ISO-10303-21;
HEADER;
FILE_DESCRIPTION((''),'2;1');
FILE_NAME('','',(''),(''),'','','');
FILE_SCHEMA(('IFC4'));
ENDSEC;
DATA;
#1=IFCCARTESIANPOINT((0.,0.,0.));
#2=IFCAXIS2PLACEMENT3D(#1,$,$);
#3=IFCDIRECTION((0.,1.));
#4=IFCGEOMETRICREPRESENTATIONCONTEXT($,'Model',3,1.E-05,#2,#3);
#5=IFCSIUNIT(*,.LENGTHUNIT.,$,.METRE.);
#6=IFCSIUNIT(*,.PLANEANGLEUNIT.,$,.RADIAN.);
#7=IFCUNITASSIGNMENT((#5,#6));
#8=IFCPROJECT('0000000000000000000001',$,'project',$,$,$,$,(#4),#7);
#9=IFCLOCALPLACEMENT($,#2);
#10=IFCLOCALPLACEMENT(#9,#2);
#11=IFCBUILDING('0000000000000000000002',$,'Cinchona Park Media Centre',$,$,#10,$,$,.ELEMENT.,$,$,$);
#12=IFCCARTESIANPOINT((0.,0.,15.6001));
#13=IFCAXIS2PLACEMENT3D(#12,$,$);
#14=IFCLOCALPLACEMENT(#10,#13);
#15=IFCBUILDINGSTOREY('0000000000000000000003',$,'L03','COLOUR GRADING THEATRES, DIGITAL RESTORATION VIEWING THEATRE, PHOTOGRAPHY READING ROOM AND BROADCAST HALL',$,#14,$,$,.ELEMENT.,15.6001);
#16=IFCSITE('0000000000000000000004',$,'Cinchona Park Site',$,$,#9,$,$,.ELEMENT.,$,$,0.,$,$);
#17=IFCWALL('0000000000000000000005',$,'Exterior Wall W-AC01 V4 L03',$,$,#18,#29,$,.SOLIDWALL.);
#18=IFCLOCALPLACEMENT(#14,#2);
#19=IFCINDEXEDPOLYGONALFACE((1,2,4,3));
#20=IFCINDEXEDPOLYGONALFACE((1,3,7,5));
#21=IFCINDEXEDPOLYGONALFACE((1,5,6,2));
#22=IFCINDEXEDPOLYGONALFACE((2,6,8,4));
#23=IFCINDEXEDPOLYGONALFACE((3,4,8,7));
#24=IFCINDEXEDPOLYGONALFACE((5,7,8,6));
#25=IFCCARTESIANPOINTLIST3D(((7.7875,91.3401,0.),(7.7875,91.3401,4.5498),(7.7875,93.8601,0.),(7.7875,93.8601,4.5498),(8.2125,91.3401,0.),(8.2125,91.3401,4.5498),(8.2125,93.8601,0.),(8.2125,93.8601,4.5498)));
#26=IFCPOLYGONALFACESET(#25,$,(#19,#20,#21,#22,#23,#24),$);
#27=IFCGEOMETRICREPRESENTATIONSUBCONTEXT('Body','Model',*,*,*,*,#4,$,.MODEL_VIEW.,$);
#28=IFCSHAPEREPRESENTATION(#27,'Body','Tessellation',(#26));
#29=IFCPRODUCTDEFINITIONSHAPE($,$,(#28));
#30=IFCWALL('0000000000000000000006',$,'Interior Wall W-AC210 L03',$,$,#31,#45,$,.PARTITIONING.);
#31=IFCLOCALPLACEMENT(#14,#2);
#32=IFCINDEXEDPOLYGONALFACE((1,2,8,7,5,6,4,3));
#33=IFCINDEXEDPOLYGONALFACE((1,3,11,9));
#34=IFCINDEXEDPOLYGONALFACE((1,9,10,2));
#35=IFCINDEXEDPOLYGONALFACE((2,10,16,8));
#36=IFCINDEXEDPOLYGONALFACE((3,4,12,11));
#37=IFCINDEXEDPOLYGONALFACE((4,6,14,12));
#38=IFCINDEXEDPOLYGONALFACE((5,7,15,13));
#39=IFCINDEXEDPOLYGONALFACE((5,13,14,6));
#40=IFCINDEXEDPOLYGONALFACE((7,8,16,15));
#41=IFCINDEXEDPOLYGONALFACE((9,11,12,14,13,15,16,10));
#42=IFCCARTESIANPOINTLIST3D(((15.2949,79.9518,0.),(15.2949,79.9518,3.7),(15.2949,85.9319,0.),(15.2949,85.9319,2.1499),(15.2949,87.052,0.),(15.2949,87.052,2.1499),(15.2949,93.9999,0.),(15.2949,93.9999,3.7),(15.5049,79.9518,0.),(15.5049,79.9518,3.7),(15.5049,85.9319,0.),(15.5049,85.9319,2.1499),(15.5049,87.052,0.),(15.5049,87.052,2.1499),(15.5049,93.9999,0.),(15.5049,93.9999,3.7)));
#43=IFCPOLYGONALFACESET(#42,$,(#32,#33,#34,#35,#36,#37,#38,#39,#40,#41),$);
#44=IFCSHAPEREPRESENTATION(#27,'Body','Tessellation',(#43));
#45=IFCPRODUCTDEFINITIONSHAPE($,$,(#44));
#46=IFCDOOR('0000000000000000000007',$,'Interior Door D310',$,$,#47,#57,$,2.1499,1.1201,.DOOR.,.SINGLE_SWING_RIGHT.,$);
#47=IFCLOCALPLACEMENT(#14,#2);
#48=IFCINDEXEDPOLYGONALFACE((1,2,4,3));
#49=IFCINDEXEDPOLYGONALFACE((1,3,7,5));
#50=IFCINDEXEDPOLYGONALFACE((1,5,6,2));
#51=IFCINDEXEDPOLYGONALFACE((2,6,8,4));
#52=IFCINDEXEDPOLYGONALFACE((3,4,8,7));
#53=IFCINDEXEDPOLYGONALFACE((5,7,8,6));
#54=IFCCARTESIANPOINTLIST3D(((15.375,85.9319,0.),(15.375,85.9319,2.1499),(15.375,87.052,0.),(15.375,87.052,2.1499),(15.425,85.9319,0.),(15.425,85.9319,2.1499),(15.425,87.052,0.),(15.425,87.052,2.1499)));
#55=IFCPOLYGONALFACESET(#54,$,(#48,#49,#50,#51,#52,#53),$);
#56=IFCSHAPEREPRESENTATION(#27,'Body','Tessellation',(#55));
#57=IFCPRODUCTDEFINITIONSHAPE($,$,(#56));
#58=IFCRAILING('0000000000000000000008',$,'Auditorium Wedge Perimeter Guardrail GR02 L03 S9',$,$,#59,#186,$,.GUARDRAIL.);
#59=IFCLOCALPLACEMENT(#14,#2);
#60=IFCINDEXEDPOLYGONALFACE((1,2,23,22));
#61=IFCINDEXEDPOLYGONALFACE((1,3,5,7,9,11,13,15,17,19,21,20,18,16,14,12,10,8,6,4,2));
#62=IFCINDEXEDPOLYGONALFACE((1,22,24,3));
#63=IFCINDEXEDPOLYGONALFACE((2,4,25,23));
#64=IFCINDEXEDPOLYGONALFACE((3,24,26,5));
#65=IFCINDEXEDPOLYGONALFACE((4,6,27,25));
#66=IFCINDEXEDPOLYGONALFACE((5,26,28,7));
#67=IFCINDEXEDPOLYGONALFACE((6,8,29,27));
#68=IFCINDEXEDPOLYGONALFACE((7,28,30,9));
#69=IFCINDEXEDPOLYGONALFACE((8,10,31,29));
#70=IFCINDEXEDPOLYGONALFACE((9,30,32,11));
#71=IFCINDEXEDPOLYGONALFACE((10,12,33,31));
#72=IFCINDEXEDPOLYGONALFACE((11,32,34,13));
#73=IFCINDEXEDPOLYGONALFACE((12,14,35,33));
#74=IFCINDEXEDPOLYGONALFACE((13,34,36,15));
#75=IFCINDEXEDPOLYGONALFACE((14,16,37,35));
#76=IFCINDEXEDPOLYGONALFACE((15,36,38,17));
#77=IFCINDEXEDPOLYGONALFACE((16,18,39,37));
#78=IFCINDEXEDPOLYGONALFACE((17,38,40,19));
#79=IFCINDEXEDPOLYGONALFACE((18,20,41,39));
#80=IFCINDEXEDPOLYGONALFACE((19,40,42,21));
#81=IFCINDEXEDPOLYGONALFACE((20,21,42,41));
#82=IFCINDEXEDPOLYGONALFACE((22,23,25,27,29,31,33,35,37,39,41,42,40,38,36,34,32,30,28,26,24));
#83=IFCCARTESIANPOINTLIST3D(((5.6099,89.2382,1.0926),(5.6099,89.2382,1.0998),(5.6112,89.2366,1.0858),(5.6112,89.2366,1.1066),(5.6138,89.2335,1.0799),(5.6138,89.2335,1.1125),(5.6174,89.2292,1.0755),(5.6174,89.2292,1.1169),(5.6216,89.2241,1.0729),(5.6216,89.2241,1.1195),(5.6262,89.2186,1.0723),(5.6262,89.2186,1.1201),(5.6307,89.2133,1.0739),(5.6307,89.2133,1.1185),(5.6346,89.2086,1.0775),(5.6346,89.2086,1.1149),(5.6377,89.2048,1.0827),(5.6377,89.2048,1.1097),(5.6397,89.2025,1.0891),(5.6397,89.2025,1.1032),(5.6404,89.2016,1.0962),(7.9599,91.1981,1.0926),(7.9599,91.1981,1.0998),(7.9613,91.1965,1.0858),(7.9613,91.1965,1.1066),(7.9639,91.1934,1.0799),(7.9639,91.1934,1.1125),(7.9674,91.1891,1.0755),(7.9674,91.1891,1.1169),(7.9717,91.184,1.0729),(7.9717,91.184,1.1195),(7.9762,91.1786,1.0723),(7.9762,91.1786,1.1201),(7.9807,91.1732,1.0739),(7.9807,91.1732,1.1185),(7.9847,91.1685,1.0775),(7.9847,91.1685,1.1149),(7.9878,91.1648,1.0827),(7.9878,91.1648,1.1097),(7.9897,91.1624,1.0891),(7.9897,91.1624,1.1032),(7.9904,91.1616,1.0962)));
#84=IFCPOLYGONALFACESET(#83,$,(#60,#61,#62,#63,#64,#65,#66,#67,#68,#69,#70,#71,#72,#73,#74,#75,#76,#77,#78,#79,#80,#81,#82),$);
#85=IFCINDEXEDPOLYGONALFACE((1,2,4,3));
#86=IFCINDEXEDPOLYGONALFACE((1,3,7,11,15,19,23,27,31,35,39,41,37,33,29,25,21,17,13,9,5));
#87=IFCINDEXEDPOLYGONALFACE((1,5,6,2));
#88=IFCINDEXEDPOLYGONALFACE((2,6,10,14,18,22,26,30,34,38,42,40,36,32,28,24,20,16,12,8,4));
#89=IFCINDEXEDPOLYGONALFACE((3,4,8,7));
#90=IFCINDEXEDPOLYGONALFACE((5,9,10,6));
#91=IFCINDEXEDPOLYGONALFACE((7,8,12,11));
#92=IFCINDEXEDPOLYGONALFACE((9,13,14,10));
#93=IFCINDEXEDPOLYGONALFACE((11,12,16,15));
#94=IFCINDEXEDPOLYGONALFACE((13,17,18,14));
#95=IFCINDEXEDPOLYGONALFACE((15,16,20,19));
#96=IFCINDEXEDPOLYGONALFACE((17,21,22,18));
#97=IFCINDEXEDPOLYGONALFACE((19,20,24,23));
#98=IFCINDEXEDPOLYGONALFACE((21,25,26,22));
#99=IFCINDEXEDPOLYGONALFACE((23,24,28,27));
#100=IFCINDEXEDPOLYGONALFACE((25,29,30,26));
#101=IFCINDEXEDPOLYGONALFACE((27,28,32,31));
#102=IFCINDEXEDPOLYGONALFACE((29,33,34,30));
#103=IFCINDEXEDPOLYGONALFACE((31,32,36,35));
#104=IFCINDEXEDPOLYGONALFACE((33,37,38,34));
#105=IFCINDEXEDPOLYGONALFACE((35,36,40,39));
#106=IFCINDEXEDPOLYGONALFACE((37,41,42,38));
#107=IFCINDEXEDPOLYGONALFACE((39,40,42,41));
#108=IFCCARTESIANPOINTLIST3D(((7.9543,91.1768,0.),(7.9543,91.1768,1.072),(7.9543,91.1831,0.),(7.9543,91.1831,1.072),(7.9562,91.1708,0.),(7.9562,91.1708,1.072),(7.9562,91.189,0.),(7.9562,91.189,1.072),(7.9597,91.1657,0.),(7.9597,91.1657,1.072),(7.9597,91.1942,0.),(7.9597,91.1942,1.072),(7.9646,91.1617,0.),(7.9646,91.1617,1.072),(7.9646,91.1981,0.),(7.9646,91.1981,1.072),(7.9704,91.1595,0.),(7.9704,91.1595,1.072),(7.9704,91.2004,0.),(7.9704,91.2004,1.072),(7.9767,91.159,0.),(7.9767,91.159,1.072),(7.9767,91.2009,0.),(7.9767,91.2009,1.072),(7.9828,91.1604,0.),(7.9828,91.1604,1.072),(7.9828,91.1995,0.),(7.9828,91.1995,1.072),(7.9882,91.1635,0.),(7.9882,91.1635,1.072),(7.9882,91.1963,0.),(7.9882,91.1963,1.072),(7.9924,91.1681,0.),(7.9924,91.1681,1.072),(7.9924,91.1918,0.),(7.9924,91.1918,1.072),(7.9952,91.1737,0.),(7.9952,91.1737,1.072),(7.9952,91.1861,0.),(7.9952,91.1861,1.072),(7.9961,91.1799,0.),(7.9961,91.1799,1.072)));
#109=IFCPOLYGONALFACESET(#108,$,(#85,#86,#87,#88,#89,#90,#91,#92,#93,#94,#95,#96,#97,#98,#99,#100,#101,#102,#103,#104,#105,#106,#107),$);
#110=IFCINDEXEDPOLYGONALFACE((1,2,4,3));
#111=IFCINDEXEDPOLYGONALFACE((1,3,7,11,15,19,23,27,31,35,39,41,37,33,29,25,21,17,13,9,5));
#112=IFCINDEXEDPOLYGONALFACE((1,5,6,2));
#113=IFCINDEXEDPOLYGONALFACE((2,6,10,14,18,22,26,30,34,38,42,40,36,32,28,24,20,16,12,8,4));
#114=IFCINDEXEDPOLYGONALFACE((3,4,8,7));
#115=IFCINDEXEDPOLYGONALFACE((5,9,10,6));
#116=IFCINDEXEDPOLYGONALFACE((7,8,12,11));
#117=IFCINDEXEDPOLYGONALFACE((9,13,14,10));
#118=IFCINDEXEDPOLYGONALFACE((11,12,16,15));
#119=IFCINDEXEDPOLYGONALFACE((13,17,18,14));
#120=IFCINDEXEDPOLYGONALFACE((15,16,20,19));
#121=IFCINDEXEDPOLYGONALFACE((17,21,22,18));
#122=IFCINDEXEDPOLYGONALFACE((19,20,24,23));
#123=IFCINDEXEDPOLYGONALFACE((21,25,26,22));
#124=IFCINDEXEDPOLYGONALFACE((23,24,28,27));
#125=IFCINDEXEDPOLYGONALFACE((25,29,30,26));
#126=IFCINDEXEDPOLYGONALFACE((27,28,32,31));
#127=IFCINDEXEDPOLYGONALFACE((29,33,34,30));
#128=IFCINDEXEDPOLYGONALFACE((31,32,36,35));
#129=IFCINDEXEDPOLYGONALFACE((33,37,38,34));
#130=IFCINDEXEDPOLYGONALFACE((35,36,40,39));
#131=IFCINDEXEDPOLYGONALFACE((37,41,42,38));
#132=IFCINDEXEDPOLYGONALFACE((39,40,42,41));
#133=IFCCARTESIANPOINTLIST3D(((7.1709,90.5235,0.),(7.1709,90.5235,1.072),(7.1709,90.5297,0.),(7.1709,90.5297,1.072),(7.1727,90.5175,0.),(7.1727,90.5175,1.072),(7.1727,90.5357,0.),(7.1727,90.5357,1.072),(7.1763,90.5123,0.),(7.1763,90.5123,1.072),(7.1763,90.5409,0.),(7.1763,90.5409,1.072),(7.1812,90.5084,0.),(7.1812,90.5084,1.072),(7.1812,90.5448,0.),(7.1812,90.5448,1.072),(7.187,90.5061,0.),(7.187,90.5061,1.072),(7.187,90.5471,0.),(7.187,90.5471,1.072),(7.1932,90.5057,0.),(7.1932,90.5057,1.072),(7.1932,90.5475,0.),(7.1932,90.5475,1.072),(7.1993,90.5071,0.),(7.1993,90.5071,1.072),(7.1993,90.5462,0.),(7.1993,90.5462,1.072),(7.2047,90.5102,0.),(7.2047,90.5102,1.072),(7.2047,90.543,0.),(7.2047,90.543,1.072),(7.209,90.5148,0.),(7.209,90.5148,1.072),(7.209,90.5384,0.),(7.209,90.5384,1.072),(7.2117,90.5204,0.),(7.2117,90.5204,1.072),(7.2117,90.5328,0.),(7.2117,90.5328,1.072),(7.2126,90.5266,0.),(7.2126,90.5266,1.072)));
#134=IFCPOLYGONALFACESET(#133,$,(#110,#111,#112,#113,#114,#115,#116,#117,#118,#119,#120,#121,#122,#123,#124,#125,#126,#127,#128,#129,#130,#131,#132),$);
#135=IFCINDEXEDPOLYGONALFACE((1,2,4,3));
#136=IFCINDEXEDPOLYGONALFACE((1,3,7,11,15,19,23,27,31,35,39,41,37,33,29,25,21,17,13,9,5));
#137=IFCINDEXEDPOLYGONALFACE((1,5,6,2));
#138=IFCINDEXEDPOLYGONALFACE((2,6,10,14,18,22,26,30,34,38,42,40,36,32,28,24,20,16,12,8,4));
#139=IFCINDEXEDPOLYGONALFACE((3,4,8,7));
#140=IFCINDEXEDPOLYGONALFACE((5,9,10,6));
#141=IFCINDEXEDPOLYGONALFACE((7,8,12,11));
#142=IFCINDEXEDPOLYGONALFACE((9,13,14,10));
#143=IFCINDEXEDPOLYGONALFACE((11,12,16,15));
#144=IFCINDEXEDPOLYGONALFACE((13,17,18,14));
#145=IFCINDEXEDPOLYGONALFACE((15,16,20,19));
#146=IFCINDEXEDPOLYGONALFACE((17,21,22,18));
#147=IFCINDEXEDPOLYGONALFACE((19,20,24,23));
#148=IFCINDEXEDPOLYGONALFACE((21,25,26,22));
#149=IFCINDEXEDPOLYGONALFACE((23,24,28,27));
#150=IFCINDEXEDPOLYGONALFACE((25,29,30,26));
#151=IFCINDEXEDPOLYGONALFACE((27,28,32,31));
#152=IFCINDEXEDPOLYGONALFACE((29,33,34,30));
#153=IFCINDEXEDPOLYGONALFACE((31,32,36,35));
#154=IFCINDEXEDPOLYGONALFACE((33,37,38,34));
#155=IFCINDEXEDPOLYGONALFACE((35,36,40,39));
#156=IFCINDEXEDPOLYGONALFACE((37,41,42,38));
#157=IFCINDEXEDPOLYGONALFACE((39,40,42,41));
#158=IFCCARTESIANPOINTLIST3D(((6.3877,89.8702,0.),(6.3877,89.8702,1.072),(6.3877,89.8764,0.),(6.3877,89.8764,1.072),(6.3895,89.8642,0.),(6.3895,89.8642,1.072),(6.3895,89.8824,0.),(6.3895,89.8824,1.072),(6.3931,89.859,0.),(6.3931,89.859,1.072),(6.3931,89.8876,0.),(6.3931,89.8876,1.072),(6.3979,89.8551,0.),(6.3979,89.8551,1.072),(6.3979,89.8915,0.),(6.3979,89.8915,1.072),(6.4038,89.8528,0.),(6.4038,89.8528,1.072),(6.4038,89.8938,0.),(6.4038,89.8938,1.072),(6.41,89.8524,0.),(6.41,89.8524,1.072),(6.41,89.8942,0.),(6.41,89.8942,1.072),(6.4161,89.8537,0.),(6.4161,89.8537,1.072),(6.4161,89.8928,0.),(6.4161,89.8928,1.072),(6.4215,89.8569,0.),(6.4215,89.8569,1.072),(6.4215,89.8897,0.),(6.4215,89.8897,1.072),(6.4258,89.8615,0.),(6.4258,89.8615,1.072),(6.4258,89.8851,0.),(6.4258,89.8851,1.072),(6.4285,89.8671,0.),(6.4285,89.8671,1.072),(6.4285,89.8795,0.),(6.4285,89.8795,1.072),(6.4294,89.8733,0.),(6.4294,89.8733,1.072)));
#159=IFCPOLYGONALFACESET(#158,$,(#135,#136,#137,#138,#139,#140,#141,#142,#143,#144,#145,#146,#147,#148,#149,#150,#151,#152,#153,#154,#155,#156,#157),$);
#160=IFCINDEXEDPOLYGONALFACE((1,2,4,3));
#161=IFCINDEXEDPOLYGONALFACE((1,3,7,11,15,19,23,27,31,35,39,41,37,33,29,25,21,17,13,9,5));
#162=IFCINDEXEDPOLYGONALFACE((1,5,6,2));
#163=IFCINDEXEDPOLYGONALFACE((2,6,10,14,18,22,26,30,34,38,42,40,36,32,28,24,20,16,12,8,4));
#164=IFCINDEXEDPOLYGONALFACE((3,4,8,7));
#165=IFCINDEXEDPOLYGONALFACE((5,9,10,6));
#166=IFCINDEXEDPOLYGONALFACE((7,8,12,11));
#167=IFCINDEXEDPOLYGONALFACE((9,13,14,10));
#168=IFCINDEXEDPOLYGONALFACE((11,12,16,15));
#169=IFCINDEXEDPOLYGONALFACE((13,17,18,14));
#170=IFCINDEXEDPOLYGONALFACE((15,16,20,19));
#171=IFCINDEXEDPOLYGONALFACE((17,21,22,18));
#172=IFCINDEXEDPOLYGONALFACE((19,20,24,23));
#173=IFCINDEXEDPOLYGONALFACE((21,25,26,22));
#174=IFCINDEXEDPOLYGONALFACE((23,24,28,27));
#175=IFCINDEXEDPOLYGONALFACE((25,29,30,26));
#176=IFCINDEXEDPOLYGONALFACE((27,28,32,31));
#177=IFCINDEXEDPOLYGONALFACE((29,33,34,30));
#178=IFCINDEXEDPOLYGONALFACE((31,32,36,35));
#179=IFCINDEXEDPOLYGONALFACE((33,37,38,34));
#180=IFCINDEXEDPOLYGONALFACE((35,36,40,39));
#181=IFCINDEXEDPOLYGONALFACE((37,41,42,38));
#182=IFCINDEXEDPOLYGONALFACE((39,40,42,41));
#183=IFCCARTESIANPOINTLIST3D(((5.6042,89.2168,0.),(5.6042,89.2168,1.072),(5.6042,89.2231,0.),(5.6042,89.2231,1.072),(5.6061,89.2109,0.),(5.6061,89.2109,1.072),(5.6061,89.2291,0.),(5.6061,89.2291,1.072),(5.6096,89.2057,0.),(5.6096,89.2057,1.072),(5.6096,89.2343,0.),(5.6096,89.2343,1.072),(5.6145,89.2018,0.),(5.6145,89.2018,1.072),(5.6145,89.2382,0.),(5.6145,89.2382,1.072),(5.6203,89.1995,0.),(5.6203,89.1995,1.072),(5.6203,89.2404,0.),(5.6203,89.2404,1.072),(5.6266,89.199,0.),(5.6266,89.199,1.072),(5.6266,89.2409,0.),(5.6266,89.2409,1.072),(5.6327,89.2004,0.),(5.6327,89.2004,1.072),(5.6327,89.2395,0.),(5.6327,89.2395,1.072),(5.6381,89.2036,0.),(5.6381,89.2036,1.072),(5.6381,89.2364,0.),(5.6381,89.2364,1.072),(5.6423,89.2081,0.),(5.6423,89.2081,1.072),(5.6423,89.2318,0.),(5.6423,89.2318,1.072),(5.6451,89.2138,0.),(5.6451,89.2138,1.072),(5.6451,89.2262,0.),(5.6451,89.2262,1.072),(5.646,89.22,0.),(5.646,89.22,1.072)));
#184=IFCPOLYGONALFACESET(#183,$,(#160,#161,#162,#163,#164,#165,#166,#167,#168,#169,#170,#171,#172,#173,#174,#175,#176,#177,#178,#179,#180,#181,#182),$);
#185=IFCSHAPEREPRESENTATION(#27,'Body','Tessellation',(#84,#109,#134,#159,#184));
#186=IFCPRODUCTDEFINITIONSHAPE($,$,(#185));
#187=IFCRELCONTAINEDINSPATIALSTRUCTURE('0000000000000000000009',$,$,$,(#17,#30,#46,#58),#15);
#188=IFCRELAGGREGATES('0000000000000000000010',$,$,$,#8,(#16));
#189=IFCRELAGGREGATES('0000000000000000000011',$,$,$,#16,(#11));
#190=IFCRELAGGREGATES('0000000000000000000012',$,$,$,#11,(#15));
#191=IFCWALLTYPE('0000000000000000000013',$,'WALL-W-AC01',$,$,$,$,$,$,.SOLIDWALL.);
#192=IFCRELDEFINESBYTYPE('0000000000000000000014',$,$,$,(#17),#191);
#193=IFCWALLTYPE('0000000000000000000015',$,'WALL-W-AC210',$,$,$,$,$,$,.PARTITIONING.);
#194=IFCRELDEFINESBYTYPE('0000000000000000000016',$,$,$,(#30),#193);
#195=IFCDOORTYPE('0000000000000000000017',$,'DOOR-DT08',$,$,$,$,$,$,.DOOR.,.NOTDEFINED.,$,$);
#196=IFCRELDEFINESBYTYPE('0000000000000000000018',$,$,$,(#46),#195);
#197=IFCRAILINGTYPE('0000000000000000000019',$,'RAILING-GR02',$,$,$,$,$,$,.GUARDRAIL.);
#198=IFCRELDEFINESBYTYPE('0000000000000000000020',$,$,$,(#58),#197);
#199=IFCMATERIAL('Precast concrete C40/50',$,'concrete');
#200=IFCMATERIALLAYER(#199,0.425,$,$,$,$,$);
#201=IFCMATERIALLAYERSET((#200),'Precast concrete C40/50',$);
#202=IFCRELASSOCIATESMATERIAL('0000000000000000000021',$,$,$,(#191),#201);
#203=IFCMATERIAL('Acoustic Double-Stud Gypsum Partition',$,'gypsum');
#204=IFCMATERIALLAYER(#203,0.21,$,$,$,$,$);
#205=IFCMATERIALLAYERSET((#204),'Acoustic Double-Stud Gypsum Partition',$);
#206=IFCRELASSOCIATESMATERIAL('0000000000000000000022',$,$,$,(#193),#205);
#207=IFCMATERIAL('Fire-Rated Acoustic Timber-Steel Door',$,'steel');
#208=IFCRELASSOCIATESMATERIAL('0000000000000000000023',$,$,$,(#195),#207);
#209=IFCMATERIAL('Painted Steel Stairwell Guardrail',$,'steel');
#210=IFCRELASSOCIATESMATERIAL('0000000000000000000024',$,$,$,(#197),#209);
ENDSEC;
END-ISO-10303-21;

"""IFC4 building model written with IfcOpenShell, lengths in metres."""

from ifc_helpers import new_model, si_unit, direction, frame, frame_2d, origin, origin_2d, place, context, subcontext, project, spatial, rectangle, circle, extrude, material, layer, layer_set, type_object, element, fill, save


model = new_model("IFC4")

# Units and contexts
model_context = context("Model", 3, precision=1e-05, world=origin(), true_north=direction((0.0, 1.0)))
body_context = subcontext(model_context, "Body", "Model", "MODEL_VIEW")
ifc_project = project(units=[si_unit("LENGTHUNIT", "METRE"), si_unit("PLANEANGLEUNIT", "RADIAN")], contexts=[model_context])

# Site, building, storey
site_placement = place(None, origin())
site = spatial("IfcSite", under=ifc_project, at=site_placement, Name="Cinchona Park Site", CompositionType="ELEMENT", RefElevation=0.0)
building_placement = place(site_placement, origin())
building = spatial("IfcBuilding", under=site, at=building_placement, Name="Cinchona Park Media Centre", CompositionType="ELEMENT")
storey_placement = place(building_placement, frame((0.0, 0.0, 15.6001)))
storey = spatial("IfcBuildingStorey", under=building, at=storey_placement, Name="L03", Description="COLOUR GRADING THEATRES, DIGITAL RESTORATION VIEWING THEATRE, PHOTOGRAPHY READING ROOM AND BROADCAST HALL", CompositionType="ELEMENT", Elevation=15.6001)

# Wall
ifc_material_1 = material(Name="Precast concrete C40/50", Category="concrete")
ifc_layer_1 = layer(ifc_material_1, 0.425)
ifc_layer_set_1 = layer_set([ifc_layer_1], Name="Precast concrete C40/50")
wall_type_1 = type_object("IfcWallType", Name="WALL-W-AC01", PredefinedType="SOLIDWALL", material=ifc_layer_set_1)
wall_1_placement = place(storey_placement, frame((8.0, 91.3401, 0.0), z_axis=(0.0, 0.0, 1.0), x_axis=(0.0, 1.0, 0.0)))
element("IfcWall", 1, at=wall_1_placement, inside=storey, type_object=wall_type_1, Name="Exterior Wall W-AC01 V4 L03", PredefinedType="SOLIDWALL", context=body_context, shape_type="SweptSolid", body=[
    extrude(rectangle(XDim=2.52, YDim=0.425, at=frame_2d((1.26, 0.0))), origin(), (0.0, 0.0, 1.0), 4.5498),
])

# Wall, opening, door
ifc_material_2 = material(Name="Acoustic Double-Stud Gypsum Partition", Category="gypsum")
ifc_layer_2 = layer(ifc_material_2, 0.21)
ifc_layer_set_2 = layer_set([ifc_layer_2], Name="Acoustic Double-Stud Gypsum Partition")
wall_type_2 = type_object("IfcWallType", Name="WALL-W-AC210", PredefinedType="PARTITIONING", material=ifc_layer_set_2)
wall_2_placement = place(storey_placement, frame((15.3999, 79.9519, 0.0), z_axis=(0.0, 0.0, 1.0), x_axis=(0.0, 1.0, 0.0)))
wall_2 = element("IfcWall", 2, at=wall_2_placement, inside=storey, type_object=wall_type_2, Name="Interior Wall W-AC210 L03", PredefinedType="PARTITIONING", context=body_context, shape_type="SweptSolid", body=[
    extrude(rectangle(XDim=14.0481, YDim=0.21, at=frame_2d((7.0239, 0.0))), origin(), (0.0, 0.0, 1.0), 3.7),
])
opening_placement = place(wall_2_placement, frame((5.98, 0.0, 0.0)))
opening = element("IfcOpeningElement", 3, at=opening_placement, cuts=wall_2, PredefinedType="OPENING", context=body_context, shape_type="SweptSolid", body=[
    extrude(rectangle(XDim=1.1201, YDim=2.1499, at=frame_2d((0.5601, 1.075))), frame((0.0, 0.115, 0.0), z_axis=(0.0, -1.0, 0.0), x_axis=(1.0, 0.0, 0.0)), (0.0, 0.0, 1.0), 0.23),
])
ifc_material_3 = material(Name="Fire-Rated Acoustic Timber-Steel Door", Category="steel")
door_type = type_object("IfcDoorType", Name="DOOR-DT08", OperationType="NOTDEFINED", PredefinedType="DOOR", material=ifc_material_3)
door_placement = place(opening_placement, origin())
door = element("IfcDoor", 4, at=door_placement, inside=storey, type_object=door_type, Name="Interior Door D310", OperationType="SINGLE_SWING_RIGHT", OverallHeight=2.1499, OverallWidth=1.1201, PredefinedType="DOOR", context=body_context, shape_type="SweptSolid", body=[
    extrude(rectangle(XDim=1.1201, YDim=2.1499, at=frame_2d((0.5601, 1.075))), frame((0.0, 0.0249, 0.0), z_axis=(0.0, -1.0, 0.0), x_axis=(1.0, 0.0, 0.0)), (0.0, 0.0, 1.0), 0.05),
])
fill(opening, door)

# Railing
ifc_material_4 = material(Name="Painted Steel Stairwell Guardrail", Category="steel")
railing_type = type_object("IfcRailingType", Name="RAILING-GR02", PredefinedType="GUARDRAIL", material=ifc_material_4)
railing_1_placement = place(storey_placement, frame((7.9751, 91.1799, 0.0)))
element("IfcRailing", 5, at=railing_1_placement, inside=storey, type_object=railing_type, Name="Auditorium Wedge Perimeter Guardrail GR02 L03 S9", PredefinedType="GUARDRAIL", context=body_context, shape_type="SweptSolid", body=[
    extrude(circle(Radius=0.0239, at=origin_2d()), frame((0.0, 0.0, 1.0962), z_axis=(-0.767973, -0.640483, 0.0), x_axis=(0.640483, -0.767973, 0.0)), (0.0, 0.0, 1.0), 3.0601),
    extrude(circle(Radius=0.021, at=origin_2d()), origin(), (0.0, 0.0, 1.0), 1.072),
    extrude(circle(Radius=0.021, at=origin_2d()), frame((-0.7834, -0.6533, 0.0)), (0.0, 0.0, 1.0), 1.072),
    extrude(circle(Radius=0.021, at=origin_2d()), frame((-1.5667, -1.3066, 0.0)), (0.0, 0.0, 1.0), 1.072),
    extrude(circle(Radius=0.021, at=origin_2d()), frame((-2.3501, -1.96, 0.0)), (0.0, 0.0, 1.0), 1.072),
])

save(model, "model.ifc")
